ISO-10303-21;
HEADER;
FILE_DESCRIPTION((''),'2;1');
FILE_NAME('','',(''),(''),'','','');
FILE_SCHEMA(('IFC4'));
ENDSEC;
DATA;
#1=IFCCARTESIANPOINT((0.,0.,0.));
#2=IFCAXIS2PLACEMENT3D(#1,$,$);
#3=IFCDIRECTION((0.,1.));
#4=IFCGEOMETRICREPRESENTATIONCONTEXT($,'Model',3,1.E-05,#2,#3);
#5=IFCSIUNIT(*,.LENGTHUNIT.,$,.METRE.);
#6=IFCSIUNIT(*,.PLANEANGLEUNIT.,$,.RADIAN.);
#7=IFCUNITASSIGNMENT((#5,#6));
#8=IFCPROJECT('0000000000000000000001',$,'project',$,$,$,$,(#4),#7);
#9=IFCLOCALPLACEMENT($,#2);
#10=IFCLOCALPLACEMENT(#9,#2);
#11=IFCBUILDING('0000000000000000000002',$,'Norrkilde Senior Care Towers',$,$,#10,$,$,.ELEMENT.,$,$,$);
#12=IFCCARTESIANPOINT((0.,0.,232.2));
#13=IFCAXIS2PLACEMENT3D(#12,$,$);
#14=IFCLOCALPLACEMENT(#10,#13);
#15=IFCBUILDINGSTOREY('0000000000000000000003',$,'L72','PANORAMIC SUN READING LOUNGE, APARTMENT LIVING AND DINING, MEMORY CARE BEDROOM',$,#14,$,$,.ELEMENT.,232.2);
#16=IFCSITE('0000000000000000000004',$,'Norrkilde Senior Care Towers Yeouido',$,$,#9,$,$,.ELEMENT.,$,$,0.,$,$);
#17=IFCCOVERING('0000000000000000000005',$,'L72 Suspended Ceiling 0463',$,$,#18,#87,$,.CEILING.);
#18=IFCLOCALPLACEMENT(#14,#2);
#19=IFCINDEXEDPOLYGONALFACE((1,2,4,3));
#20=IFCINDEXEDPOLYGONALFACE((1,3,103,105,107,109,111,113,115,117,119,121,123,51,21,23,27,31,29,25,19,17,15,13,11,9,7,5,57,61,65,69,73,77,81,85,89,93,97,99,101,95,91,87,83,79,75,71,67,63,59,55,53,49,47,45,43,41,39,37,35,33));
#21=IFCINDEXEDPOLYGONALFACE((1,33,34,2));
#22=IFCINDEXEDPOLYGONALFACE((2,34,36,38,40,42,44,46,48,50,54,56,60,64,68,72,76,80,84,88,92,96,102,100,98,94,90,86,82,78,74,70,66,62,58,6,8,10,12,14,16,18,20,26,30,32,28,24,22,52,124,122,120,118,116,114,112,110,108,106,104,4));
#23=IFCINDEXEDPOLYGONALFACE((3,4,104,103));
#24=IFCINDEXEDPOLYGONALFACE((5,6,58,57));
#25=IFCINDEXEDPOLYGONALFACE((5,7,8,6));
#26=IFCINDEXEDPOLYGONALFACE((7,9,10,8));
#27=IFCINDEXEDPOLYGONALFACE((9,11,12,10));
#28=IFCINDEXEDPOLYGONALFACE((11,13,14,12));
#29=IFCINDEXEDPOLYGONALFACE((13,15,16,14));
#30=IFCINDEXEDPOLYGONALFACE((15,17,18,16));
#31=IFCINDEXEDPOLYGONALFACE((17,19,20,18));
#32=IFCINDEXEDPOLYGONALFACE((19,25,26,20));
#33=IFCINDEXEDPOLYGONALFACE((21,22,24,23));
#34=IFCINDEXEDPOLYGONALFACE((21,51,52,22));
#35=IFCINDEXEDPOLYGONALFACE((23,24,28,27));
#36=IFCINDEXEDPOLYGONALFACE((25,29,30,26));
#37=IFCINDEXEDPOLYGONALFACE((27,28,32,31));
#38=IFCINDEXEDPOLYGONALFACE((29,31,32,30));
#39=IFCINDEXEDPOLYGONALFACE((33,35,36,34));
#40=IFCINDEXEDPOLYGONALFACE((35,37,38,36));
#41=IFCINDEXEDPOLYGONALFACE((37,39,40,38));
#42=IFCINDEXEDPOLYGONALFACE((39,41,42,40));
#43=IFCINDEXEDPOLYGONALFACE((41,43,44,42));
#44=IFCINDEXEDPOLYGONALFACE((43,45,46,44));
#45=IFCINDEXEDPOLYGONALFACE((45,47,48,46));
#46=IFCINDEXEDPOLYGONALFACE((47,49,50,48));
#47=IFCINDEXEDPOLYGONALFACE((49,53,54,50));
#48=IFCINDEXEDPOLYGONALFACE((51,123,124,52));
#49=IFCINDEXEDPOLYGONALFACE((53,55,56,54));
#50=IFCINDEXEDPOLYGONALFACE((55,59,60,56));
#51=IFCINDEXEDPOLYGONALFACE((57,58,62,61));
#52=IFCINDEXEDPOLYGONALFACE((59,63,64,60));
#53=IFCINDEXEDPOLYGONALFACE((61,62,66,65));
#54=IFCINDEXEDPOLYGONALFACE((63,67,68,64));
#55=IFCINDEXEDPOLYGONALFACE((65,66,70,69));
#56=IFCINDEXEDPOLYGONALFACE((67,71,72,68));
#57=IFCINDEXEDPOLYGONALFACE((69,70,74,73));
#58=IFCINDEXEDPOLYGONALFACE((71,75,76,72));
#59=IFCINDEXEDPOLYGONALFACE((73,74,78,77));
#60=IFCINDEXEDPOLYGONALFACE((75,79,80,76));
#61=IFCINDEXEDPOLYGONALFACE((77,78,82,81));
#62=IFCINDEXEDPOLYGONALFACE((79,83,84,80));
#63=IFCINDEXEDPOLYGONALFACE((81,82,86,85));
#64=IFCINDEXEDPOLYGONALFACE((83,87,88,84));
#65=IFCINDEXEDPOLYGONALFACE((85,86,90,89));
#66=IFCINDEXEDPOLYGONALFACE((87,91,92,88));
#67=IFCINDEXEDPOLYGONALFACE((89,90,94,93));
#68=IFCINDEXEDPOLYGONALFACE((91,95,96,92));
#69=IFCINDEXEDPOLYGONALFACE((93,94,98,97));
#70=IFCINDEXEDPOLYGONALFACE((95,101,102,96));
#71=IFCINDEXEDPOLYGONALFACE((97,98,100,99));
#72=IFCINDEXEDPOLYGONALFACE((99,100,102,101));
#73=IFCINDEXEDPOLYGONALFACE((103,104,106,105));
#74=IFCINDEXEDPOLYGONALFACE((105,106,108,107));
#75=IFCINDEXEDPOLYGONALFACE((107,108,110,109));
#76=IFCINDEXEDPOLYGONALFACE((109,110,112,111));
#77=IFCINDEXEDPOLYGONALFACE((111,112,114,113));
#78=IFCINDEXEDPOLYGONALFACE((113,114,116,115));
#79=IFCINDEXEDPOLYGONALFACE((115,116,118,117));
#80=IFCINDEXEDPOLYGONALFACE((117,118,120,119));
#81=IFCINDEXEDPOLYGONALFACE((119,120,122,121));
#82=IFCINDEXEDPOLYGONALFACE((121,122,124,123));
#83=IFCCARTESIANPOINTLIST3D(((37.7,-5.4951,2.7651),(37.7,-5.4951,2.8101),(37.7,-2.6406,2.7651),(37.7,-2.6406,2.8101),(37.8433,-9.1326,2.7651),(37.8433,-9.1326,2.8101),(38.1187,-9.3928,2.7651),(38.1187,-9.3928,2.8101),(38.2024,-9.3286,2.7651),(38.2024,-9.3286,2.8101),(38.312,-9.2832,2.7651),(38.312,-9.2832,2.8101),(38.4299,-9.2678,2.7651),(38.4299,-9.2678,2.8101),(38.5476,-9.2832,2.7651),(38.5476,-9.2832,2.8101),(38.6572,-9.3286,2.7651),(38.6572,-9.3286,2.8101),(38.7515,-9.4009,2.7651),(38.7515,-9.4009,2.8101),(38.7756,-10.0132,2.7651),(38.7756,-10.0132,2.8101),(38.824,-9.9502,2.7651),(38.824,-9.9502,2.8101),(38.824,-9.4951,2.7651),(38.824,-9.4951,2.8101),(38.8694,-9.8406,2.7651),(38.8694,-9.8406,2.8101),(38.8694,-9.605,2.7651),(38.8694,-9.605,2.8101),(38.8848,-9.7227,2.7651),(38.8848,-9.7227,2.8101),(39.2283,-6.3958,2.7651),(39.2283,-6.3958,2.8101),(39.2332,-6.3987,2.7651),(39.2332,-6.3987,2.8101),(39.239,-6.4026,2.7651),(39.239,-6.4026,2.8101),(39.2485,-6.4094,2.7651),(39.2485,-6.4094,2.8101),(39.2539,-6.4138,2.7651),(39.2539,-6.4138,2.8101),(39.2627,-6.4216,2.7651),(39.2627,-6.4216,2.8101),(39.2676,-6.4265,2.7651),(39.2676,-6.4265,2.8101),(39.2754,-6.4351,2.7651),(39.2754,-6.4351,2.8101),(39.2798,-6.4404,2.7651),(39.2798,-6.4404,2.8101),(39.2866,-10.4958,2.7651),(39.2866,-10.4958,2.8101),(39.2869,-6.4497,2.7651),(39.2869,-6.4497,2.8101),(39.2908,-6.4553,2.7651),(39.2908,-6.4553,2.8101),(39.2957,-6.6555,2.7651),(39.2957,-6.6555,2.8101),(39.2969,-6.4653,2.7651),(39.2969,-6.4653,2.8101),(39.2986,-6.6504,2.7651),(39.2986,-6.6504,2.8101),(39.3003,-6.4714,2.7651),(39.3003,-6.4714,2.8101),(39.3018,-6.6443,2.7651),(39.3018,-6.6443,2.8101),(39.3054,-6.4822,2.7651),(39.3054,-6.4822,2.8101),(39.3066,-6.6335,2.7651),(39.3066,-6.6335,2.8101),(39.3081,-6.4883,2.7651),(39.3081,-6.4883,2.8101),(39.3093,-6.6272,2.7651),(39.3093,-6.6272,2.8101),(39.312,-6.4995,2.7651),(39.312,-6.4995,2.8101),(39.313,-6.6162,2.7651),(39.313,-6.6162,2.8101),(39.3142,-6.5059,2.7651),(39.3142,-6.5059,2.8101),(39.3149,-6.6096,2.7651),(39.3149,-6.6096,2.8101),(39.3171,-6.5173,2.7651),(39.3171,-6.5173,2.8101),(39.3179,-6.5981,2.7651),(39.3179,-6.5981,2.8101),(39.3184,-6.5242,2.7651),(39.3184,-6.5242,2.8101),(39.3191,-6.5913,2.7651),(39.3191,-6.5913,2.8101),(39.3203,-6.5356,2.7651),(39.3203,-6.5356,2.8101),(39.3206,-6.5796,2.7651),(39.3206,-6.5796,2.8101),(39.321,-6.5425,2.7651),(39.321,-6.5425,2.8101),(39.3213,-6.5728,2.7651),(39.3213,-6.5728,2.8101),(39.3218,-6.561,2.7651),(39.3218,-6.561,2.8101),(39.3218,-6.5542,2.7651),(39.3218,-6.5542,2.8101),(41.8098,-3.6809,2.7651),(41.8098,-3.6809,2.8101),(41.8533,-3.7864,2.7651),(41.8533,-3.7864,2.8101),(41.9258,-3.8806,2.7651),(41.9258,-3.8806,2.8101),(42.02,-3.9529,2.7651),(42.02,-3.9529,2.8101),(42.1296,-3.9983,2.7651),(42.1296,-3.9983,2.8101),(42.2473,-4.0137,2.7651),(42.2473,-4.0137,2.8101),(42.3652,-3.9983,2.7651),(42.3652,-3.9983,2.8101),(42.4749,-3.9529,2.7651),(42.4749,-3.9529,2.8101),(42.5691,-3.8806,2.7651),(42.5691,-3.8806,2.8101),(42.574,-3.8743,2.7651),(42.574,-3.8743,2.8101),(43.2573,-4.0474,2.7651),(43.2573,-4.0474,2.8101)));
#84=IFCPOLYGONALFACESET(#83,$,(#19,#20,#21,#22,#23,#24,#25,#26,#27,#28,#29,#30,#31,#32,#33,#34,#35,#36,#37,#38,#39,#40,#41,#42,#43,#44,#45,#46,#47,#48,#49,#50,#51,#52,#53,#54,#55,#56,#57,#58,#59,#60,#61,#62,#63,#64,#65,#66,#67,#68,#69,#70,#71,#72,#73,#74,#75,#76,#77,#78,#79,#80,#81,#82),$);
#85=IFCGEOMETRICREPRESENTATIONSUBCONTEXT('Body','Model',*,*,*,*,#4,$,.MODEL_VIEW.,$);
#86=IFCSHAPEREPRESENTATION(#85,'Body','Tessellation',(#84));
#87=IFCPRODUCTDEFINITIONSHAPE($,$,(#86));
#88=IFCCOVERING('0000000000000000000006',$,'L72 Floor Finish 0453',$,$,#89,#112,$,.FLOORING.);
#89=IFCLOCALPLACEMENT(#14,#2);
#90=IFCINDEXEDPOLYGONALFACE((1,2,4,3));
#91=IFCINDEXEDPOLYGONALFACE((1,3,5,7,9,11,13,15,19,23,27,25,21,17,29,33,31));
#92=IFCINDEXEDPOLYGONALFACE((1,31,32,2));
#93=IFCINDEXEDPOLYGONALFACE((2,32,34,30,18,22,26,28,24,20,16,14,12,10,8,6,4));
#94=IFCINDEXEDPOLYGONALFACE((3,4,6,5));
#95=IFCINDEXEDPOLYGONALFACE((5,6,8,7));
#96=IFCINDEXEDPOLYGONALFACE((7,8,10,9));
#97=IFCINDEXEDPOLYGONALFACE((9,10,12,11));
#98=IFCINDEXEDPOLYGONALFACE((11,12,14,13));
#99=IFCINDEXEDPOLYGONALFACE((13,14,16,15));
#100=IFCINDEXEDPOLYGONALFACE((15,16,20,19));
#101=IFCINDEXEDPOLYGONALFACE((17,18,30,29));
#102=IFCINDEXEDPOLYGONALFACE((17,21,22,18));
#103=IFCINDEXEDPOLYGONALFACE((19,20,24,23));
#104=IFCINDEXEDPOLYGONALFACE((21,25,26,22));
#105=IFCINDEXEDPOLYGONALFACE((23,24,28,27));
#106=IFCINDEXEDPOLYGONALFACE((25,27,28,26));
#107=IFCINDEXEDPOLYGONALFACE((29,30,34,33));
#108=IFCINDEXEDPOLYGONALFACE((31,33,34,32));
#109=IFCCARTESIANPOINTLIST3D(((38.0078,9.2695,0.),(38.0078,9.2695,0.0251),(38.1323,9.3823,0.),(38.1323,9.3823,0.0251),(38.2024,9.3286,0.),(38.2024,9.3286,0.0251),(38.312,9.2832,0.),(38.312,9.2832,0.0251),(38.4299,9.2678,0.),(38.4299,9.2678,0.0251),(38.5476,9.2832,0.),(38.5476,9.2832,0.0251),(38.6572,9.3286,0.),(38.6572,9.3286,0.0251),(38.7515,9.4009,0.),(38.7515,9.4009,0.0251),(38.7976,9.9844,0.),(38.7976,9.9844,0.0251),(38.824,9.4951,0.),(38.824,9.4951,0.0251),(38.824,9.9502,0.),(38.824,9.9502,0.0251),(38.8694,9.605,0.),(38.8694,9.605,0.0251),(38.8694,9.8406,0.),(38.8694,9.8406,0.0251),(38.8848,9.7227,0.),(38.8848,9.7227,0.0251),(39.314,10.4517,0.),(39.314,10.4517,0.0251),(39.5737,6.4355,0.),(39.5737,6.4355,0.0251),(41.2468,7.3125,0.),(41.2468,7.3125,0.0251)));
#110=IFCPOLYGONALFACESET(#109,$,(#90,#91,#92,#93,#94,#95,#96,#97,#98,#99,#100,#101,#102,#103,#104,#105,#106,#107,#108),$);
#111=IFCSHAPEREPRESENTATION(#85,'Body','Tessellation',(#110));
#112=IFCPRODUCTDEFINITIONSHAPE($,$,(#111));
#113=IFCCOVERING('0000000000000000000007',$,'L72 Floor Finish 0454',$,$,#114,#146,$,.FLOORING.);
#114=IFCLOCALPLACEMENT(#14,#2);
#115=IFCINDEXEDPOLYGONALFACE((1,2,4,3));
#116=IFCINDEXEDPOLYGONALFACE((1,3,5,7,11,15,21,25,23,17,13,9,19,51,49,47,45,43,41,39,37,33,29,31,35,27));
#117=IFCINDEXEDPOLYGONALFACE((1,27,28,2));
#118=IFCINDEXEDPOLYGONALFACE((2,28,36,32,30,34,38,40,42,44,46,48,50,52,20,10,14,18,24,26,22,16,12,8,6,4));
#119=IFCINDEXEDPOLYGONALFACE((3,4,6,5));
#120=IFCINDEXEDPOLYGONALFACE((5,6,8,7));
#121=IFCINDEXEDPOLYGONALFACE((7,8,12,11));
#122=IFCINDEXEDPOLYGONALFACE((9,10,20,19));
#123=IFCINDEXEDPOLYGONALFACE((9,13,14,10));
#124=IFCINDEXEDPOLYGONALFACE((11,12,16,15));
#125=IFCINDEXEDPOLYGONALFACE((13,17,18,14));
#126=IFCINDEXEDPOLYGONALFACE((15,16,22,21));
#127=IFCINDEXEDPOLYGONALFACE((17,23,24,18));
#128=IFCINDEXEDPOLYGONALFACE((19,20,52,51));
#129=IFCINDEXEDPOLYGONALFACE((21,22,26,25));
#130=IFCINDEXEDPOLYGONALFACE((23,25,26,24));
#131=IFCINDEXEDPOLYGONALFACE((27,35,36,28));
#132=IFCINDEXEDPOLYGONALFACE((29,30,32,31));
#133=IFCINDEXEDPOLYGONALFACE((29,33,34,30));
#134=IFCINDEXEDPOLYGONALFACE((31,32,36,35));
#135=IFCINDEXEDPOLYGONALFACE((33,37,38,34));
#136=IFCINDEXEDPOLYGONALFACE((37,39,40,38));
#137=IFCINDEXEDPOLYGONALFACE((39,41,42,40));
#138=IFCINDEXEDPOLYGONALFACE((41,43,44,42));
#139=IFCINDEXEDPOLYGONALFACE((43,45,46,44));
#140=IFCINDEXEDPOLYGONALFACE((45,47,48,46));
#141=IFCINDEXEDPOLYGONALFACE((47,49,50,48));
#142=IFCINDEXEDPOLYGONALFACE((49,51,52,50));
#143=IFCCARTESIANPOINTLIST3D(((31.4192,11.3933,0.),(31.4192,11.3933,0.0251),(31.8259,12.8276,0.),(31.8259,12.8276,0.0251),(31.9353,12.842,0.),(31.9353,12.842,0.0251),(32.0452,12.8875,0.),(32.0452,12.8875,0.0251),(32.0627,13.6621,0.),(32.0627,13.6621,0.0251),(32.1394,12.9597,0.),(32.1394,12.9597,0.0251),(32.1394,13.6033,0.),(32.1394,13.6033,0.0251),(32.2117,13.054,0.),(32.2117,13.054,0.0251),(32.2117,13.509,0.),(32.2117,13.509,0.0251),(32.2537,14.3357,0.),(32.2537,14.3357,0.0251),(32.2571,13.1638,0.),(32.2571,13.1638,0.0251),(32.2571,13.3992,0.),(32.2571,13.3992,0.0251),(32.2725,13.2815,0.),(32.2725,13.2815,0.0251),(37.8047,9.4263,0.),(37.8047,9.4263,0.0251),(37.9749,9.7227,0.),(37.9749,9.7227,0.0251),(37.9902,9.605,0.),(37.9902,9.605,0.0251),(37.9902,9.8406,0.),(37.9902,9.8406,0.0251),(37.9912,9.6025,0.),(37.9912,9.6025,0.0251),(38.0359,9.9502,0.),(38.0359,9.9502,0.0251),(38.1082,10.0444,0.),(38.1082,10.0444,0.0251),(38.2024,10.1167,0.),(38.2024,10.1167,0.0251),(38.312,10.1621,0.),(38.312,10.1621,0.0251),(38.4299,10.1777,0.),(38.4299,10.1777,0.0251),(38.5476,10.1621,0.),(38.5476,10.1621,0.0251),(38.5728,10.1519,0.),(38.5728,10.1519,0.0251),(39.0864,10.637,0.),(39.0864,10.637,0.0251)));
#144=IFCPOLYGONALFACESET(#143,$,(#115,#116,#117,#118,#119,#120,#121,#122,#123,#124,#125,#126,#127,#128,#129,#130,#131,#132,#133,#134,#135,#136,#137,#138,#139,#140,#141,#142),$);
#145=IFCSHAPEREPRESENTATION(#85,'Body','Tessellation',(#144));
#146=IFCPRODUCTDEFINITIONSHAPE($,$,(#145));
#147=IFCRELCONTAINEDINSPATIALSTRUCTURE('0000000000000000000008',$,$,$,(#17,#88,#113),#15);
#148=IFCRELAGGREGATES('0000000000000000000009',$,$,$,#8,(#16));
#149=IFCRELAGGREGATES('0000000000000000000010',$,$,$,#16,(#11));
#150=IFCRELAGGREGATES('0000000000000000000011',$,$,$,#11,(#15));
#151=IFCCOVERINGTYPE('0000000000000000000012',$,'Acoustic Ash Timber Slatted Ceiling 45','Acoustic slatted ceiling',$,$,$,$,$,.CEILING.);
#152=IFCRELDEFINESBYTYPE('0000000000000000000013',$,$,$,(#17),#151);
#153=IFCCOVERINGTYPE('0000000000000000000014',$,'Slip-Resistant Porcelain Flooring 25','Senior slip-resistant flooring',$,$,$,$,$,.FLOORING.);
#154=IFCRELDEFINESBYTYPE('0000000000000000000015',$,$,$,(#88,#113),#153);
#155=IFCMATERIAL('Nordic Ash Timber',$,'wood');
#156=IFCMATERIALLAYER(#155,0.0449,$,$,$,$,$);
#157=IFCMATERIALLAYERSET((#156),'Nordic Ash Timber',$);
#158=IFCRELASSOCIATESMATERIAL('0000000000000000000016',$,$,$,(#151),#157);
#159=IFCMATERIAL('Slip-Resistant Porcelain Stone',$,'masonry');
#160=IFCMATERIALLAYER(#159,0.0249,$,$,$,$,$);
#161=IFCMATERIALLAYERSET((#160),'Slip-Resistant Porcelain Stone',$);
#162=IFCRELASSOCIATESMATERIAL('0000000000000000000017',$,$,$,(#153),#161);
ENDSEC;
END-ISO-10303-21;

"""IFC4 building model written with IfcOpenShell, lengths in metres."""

from ifc_helpers import new_model, si_unit, direction, frame, origin, place, context, subcontext, project, spatial, polyline, outline, extrude, material, layer, layer_set, type_object, element, save


model = new_model("IFC4")

# Units and contexts
model_context = context("Model", 3, precision=1e-05, world=origin(), true_north=direction((0.0, 1.0)))
body_context = subcontext(model_context, "Body", "Model", "MODEL_VIEW")
ifc_project = project(units=[si_unit("LENGTHUNIT", "METRE"), si_unit("PLANEANGLEUNIT", "RADIAN")], contexts=[model_context])

# Site, building, storey
site_placement = place(None, origin())
site = spatial("IfcSite", under=ifc_project, at=site_placement, Name="Norrkilde Senior Care Towers Yeouido", CompositionType="ELEMENT", RefElevation=0.0)
building_placement = place(site_placement, origin())
building = spatial("IfcBuilding", under=site, at=building_placement, Name="Norrkilde Senior Care Towers", CompositionType="ELEMENT")
storey_placement = place(building_placement, frame((0.0, 0.0, 232.2)))
storey = spatial("IfcBuildingStorey", under=building, at=storey_placement, Name="L72", Description="PANORAMIC SUN READING LOUNGE, APARTMENT LIVING AND DINING, MEMORY CARE BEDROOM", CompositionType="ELEMENT", Elevation=232.2)

# Shared definitions
ifc_material_1 = material(Name="Nordic Ash Timber", Category="wood")

# Coverings
ifc_layer_1 = layer(ifc_material_1, 0.0449)
ifc_layer_set_1 = layer_set([ifc_layer_1], Name="Nordic Ash Timber")
covering_type_1 = type_object("IfcCoveringType", Name="Acoustic Ash Timber Slatted Ceiling 45", Description="Acoustic slatted ceiling", PredefinedType="CEILING", material=ifc_layer_set_1)
covering_1_placement = place(storey_placement, frame((0.0, 0.0, 2.7651)))
element("IfcCovering", 1, at=covering_1_placement, inside=storey, type_object=covering_type_1, Name="L72 Suspended Ceiling 0463", PredefinedType="CEILING", context=body_context, shape_type="SweptSolid", body=[
    extrude(outline(polyline([(39.3018, -6.6443), (39.3066, -6.6335), (39.3093, -6.6272), (39.313, -6.6162), (39.3149, -6.6096), (39.3179, -6.5981), (39.3191, -6.5913), (39.3206, -6.5796), (39.3213, -6.5728), (39.3218, -6.561), (39.3218, -6.5542), (39.321, -6.5425), (39.3203, -6.5356), (39.3184, -6.5242), (39.3171, -6.5173), (39.3142, -6.5059), (39.312, -6.4995), (39.3081, -6.4883), (39.3054, -6.4822), (39.3003, -6.4714), (39.2969, -6.4653), (39.2908, -6.4553), (39.2869, -6.4497), (39.2798, -6.4404), (39.2754, -6.4351), (39.2676, -6.4265), (39.2627, -6.4216), (39.2539, -6.4138), (39.2485, -6.4094), (39.239, -6.4026), (39.2332, -6.3987), (39.2283, -6.3958), (37.7, -5.4951), (37.7, -2.6406), (41.8098, -3.6809), (41.8533, -3.7864), (41.9258, -3.8806), (42.02, -3.9529), (42.1296, -3.9983), (42.2473, -4.0137), (42.3652, -3.9983), (42.4749, -3.9529), (42.5691, -3.8806), (42.574, -3.8743), (43.2573, -4.0474), (39.2866, -10.4958), (38.7756, -10.0132), (38.824, -9.9502), (38.8694, -9.8406), (38.8848, -9.7227), (38.8694, -9.605), (38.824, -9.4951), (38.7515, -9.4009), (38.6572, -9.3286), (38.5476, -9.2832), (38.4299, -9.2678), (38.312, -9.2832), (38.2024, -9.3286), (38.1187, -9.3928), (37.8433, -9.1326), (39.2957, -6.6555), (39.2986, -6.6504), (39.3018, -6.6443)])), origin(), (0.0, 0.0, 1.0), 0.0449),
])
ifc_material_2 = material(Name="Slip-Resistant Porcelain Stone", Category="masonry")
ifc_layer_2 = layer(ifc_material_2, 0.0249)
ifc_layer_set_2 = layer_set([ifc_layer_2], Name="Slip-Resistant Porcelain Stone")
covering_type_2 = type_object("IfcCoveringType", Name="Slip-Resistant Porcelain Flooring 25", Description="Senior slip-resistant flooring", PredefinedType="FLOORING", material=ifc_layer_set_2)
covering_2_placement = place(storey_placement, origin())
element("IfcCovering", 2, at=covering_2_placement, inside=storey, type_object=covering_type_2, Name="L72 Floor Finish 0453", PredefinedType="FLOORING", context=body_context, shape_type="SweptSolid", body=[
    extrude(outline(polyline([(39.5737, 6.4355), (38.0078, 9.2695), (38.1323, 9.3823), (38.2024, 9.3286), (38.312, 9.2832), (38.4299, 9.2678), (38.5476, 9.2832), (38.6572, 9.3286), (38.7515, 9.4009), (38.824, 9.4951), (38.8694, 9.605), (38.8848, 9.7227), (38.8694, 9.8406), (38.824, 9.9502), (38.7976, 9.9844), (39.314, 10.4517), (41.2468, 7.3125), (39.5737, 6.4355)])), origin(), (0.0, 0.0, 1.0), 0.0251),
])
covering_3_placement = place(storey_placement, origin())
element("IfcCovering", 3, at=covering_3_placement, inside=storey, type_object=covering_type_2, Name="L72 Floor Finish 0454", PredefinedType="FLOORING", context=body_context, shape_type="SweptSolid", body=[
    extrude(outline(polyline([(38.5728, 10.1519), (38.5476, 10.1621), (38.4299, 10.1777), (38.312, 10.1621), (38.2024, 10.1167), (38.1082, 10.0444), (38.0359, 9.9502), (37.9902, 9.8406), (37.9749, 9.7227), (37.9902, 9.605), (37.9912, 9.6025), (37.8047, 9.4263), (31.4192, 11.3933), (31.8259, 12.8276), (31.9353, 12.842), (32.0452, 12.8875), (32.1394, 12.9597), (32.2117, 13.054), (32.2571, 13.1638), (32.2725, 13.2815), (32.2571, 13.3992), (32.2117, 13.509), (32.1394, 13.6033), (32.0627, 13.6621), (32.2537, 14.3357), (39.0864, 10.637), (38.5728, 10.1519)])), origin(), (0.0, 0.0, 1.0), 0.0251),
])

save(model, "model.ifc")
